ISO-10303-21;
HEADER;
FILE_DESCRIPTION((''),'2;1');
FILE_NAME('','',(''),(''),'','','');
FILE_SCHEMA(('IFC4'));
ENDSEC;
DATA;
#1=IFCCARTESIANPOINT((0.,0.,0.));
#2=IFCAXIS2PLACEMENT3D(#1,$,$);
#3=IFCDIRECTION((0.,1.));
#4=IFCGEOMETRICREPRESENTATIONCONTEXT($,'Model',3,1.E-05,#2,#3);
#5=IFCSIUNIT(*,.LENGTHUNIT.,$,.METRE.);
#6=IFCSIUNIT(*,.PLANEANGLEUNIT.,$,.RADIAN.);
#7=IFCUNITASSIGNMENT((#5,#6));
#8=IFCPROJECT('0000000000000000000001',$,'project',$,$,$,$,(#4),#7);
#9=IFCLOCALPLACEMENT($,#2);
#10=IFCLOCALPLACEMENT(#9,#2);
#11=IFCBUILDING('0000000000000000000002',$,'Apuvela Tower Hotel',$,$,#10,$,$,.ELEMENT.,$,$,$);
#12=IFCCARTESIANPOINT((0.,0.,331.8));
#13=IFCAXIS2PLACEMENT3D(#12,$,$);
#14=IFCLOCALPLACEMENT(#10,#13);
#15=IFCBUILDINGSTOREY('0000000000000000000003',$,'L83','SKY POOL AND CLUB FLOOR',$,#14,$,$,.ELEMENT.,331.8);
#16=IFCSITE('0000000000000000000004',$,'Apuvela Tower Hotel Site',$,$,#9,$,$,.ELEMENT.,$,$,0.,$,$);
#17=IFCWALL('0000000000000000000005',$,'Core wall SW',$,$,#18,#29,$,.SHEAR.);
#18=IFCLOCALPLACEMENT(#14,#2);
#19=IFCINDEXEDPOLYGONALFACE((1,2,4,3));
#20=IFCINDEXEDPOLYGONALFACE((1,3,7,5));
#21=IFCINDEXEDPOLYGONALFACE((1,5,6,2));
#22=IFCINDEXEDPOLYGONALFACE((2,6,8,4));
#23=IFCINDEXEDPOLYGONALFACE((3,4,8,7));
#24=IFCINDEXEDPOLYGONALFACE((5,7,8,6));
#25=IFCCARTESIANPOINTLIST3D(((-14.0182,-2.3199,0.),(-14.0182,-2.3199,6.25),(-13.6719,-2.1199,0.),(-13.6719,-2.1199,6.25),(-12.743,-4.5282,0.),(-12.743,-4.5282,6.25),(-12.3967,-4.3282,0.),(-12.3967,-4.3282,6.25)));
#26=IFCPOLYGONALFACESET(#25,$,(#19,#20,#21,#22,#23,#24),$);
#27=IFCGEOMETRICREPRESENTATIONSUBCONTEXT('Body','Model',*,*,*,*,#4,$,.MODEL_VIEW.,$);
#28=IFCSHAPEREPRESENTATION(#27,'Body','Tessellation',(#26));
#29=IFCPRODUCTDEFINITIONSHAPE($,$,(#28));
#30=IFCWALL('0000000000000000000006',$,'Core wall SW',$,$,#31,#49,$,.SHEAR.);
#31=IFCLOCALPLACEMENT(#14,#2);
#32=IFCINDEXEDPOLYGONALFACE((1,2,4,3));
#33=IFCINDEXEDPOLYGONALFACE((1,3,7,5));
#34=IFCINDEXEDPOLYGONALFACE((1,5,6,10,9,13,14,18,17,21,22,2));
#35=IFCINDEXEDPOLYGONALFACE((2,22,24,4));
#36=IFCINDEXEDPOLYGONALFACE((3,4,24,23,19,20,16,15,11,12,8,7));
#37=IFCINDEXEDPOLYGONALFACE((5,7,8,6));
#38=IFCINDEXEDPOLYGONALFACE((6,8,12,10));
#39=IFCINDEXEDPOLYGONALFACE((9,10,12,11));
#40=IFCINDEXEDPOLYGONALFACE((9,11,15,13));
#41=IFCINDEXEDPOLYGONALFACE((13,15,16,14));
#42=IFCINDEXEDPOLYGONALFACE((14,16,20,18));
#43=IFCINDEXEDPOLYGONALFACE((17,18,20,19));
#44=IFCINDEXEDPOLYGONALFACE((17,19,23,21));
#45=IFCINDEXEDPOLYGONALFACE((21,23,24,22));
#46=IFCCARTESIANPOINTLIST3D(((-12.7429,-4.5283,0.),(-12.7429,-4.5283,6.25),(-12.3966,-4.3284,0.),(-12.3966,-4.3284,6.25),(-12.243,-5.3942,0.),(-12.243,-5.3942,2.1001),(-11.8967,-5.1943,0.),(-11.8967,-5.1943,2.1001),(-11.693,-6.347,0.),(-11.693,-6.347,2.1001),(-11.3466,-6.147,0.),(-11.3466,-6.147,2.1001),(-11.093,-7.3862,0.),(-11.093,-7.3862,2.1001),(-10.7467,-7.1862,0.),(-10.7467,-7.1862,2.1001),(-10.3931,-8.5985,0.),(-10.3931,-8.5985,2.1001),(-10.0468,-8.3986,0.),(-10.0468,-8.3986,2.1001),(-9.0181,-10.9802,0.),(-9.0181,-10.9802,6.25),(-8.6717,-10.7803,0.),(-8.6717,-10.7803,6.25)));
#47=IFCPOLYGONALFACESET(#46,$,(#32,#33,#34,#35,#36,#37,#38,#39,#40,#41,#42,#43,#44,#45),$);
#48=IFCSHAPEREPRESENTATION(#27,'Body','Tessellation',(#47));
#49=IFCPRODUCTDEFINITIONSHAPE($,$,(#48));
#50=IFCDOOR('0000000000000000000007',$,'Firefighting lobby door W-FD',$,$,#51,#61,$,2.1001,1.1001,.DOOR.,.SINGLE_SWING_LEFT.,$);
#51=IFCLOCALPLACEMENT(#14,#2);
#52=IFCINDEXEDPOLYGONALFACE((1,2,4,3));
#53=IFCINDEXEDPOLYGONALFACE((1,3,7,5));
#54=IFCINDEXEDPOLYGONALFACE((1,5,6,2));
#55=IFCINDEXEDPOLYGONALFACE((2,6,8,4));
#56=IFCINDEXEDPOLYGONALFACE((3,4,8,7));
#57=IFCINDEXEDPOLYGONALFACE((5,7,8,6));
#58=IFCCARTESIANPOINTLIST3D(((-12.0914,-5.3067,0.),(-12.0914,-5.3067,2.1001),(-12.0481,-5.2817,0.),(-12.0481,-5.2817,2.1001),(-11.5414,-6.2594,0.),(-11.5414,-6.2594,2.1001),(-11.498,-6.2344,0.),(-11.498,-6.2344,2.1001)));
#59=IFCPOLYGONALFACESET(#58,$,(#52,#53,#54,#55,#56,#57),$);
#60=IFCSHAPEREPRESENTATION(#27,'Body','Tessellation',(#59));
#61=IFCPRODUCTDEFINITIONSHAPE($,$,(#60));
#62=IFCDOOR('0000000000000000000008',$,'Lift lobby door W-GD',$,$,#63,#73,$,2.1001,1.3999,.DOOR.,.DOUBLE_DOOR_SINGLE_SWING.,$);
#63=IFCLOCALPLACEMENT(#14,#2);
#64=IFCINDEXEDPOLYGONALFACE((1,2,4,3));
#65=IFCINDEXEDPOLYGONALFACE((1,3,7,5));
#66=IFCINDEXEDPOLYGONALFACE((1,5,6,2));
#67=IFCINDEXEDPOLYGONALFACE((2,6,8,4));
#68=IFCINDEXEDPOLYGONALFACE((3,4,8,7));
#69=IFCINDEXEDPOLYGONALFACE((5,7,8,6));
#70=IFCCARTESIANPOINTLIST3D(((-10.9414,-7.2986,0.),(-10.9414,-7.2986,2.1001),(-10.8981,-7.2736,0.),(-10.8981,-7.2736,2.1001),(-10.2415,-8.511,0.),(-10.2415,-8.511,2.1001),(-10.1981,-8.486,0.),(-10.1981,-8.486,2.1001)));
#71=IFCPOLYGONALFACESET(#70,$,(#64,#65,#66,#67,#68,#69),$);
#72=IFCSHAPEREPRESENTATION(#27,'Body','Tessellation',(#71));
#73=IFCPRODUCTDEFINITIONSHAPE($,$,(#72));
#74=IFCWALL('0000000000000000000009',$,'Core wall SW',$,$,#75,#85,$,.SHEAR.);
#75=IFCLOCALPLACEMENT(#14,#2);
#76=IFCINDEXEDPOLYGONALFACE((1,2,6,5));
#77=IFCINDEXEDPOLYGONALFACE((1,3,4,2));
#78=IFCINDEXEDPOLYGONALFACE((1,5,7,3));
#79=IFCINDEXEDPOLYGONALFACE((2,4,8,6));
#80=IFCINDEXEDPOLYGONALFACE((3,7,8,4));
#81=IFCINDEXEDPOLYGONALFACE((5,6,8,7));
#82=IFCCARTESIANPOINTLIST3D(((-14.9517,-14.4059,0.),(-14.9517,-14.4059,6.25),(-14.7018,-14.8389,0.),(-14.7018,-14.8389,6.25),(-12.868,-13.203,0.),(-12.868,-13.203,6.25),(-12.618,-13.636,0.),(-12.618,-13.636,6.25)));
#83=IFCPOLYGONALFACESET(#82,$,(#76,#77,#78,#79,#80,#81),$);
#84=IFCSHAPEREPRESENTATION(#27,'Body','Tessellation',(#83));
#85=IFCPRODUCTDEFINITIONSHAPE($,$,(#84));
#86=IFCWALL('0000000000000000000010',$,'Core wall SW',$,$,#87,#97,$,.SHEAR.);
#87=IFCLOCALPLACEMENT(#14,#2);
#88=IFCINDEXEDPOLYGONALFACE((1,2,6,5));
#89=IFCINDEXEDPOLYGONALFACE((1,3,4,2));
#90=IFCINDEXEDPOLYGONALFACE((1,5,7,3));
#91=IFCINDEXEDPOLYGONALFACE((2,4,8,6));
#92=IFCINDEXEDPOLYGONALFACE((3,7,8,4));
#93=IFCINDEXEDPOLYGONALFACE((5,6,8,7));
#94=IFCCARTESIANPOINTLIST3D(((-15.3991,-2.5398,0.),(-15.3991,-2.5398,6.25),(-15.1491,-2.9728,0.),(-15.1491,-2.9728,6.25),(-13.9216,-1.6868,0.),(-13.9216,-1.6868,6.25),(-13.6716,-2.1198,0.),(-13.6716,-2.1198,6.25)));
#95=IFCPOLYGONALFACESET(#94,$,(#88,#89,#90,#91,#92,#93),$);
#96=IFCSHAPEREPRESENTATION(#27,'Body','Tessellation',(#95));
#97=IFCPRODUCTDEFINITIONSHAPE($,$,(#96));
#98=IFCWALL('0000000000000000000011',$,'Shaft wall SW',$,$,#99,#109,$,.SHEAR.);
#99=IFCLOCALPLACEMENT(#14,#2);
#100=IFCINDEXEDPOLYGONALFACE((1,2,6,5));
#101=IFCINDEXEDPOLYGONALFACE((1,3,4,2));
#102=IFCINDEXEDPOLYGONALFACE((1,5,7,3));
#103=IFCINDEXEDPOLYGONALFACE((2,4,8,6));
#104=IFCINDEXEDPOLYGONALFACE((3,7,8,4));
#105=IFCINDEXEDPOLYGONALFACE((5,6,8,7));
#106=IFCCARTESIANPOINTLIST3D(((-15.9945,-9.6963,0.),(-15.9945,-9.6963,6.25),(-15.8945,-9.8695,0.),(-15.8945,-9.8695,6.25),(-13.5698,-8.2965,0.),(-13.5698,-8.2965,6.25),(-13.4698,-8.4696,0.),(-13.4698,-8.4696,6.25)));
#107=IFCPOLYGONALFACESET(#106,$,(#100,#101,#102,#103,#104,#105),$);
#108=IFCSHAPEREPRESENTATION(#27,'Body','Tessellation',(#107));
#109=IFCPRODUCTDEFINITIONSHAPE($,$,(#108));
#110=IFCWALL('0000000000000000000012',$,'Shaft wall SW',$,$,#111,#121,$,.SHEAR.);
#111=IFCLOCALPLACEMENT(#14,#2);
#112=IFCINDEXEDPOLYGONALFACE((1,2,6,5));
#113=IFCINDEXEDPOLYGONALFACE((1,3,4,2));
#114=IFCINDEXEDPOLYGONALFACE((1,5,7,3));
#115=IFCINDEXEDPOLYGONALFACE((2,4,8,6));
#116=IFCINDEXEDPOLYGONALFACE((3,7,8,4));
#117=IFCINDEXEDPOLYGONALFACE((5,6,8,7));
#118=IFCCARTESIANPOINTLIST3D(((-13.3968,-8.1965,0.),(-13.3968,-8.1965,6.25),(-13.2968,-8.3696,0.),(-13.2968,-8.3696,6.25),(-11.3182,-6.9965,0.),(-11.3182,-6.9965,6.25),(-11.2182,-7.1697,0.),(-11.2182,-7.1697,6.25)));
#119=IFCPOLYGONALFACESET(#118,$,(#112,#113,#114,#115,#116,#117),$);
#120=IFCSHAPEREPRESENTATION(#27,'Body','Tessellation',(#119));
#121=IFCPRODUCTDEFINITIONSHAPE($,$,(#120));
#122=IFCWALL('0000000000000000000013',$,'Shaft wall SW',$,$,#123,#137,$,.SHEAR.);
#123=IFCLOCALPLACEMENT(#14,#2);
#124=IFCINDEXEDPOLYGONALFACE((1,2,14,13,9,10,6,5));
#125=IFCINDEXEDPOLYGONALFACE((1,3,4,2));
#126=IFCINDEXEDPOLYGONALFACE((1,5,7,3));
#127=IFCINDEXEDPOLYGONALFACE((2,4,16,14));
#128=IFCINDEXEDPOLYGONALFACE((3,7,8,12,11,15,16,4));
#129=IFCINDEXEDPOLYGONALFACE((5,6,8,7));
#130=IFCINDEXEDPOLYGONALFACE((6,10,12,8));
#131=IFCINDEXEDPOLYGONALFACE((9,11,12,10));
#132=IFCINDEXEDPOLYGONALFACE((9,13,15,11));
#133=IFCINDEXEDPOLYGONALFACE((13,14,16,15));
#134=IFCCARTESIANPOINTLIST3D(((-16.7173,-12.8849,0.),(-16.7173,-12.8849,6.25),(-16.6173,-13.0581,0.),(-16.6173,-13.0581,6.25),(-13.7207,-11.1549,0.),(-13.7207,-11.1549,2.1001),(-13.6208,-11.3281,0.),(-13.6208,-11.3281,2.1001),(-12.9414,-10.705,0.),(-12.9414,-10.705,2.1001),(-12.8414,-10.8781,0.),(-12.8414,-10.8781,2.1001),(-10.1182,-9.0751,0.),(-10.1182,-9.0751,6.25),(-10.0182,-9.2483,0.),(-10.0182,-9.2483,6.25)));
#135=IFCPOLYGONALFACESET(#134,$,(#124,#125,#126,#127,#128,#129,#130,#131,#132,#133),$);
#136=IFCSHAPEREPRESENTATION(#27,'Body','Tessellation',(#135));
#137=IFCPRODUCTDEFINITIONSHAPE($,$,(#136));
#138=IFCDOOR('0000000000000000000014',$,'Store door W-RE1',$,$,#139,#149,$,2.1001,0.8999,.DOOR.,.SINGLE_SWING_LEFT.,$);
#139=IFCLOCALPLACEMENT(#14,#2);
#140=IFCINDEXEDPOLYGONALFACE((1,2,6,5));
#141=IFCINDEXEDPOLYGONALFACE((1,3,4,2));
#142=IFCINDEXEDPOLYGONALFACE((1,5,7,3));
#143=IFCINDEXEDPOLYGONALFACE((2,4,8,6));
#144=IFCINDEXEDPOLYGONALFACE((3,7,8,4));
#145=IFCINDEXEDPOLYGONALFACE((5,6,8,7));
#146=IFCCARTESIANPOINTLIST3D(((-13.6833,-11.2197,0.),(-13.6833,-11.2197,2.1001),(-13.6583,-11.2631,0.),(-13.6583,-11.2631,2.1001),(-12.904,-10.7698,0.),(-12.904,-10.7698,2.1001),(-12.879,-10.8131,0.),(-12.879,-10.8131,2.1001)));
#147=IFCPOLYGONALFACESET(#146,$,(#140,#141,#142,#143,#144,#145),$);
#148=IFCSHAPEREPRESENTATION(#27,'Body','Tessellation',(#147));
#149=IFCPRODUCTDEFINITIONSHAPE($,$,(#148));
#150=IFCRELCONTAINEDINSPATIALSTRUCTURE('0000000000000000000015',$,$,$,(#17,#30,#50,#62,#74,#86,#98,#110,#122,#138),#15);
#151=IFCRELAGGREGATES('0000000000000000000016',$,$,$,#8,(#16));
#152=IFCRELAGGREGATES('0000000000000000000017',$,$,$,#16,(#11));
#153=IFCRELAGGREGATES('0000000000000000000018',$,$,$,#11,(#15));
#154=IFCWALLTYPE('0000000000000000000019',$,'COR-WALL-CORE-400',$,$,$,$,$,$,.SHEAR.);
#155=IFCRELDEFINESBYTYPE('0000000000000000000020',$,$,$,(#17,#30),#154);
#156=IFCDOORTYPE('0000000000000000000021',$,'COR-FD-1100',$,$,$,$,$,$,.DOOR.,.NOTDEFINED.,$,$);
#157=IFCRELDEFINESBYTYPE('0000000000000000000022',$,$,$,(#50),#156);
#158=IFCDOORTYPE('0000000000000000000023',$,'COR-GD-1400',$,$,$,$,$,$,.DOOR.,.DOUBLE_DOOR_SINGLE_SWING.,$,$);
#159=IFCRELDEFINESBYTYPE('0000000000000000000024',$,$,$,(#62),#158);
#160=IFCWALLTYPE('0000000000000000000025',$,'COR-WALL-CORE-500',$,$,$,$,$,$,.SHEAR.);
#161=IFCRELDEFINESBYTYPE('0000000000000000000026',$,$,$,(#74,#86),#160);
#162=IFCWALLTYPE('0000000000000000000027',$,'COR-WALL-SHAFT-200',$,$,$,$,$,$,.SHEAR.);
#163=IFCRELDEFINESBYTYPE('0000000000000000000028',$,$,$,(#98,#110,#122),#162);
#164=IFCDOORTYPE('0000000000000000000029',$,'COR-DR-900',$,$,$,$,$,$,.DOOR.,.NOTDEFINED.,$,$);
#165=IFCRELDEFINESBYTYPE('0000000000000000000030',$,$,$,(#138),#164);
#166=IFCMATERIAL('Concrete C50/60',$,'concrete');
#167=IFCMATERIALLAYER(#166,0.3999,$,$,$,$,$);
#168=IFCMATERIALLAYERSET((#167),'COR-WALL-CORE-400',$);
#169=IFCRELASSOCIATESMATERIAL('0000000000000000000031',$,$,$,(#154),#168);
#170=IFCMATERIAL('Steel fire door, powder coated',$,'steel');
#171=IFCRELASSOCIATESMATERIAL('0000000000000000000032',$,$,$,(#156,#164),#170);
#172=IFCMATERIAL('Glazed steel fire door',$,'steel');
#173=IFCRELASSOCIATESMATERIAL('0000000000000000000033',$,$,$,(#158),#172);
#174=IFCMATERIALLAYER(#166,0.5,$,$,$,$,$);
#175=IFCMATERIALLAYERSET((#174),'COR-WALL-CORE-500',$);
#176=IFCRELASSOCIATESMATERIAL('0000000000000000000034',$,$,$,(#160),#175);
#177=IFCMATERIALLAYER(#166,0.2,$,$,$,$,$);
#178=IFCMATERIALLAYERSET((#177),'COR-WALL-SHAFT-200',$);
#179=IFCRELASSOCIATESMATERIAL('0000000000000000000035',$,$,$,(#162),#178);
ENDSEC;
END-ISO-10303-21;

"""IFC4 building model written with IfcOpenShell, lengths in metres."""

from ifc_helpers import new_model, si_unit, direction, frame, frame_2d, origin, place, context, subcontext, project, spatial, rectangle, extrude, material, layer, layer_set, type_object, element, fill, save


model = new_model("IFC4")

# Units and contexts
model_context = context("Model", 3, precision=1e-05, world=origin(), true_north=direction((0.0, 1.0)))
body_context = subcontext(model_context, "Body", "Model", "MODEL_VIEW")
ifc_project = project(units=[si_unit("LENGTHUNIT", "METRE"), si_unit("PLANEANGLEUNIT", "RADIAN")], contexts=[model_context])

# Site, building, storey
site_placement = place(None, origin())
site = spatial("IfcSite", under=ifc_project, at=site_placement, Name="Apuvela Tower Hotel Site", CompositionType="ELEMENT", RefElevation=0.0)
building_placement = place(site_placement, origin())
building = spatial("IfcBuilding", under=site, at=building_placement, Name="Apuvela Tower Hotel", CompositionType="ELEMENT")
storey_placement = place(building_placement, frame((0.0, 0.0, 331.8)))
storey = spatial("IfcBuildingStorey", under=building, at=storey_placement, Name="L83", Description="SKY POOL AND CLUB FLOOR", CompositionType="ELEMENT", Elevation=331.8)

# Wall
ifc_material_1 = material(Name="Concrete C50/60", Category="concrete")
ifc_layer_1 = layer(ifc_material_1, 0.3999)
ifc_layer_set_1 = layer_set([ifc_layer_1], Name="COR-WALL-CORE-400")
wall_type_1 = type_object("IfcWallType", Name="COR-WALL-CORE-400", PredefinedType="SHEAR", material=ifc_layer_set_1)
wall_1_placement = place(storey_placement, frame((-13.845, -2.22, 0.0), z_axis=(0.0, 0.0, 1.0), x_axis=(0.500062, -0.865989, 0.0)))
element("IfcWall", 1, at=wall_1_placement, inside=storey, type_object=wall_type_1, Name="Core wall SW", PredefinedType="SHEAR", context=body_context, shape_type="SweptSolid", body=[
    extrude(rectangle(XDim=2.55, YDim=0.3999, at=frame_2d((1.2749, 0.0))), origin(), (0.0, 0.0, 1.0), 6.25),
])

# Wall, openings, doors
wall_2_placement = place(storey_placement, frame((-12.5698, -4.4282, 0.0), z_axis=(0.0, 0.0, 1.0), x_axis=(0.499984, -0.866034, 0.0)))
wall_2 = element("IfcWall", 2, at=wall_2_placement, inside=storey, type_object=wall_type_1, Name="Core wall SW", PredefinedType="SHEAR", context=body_context, shape_type="SweptSolid", body=[
    extrude(rectangle(XDim=7.45, YDim=0.3999, at=frame_2d((3.7251, 0.0))), origin(), (0.0, 0.0, 1.0), 6.25),
])
opening_1_placement = place(wall_2_placement, frame((1.0, 0.0, 0.0)))
opening_1 = element("IfcOpeningElement", 3, at=opening_1_placement, cuts=wall_2, PredefinedType="OPENING", context=body_context, shape_type="SweptSolid", body=[
    extrude(rectangle(XDim=1.1001, YDim=2.1001, at=frame_2d((0.55, 1.05))), frame((0.0, 0.21, 0.0), z_axis=(0.0, -1.0, 0.0), x_axis=(1.0, 0.0, 0.0)), (0.0, 0.0, 1.0), 0.4199),
])
opening_2_placement = place(wall_2_placement, frame((3.3, 0.0, 0.0)))
opening_2 = element("IfcOpeningElement", 4, at=opening_2_placement, cuts=wall_2, PredefinedType="OPENING", context=body_context, shape_type="SweptSolid", body=[
    extrude(rectangle(XDim=1.3999, YDim=2.1001, at=frame_2d((0.7, 1.05))), frame((0.0, 0.21, 0.0), z_axis=(0.0, -1.0, 0.0), x_axis=(1.0, 0.0, 0.0)), (0.0, 0.0, 1.0), 0.4199),
])
ifc_material_2 = material(Name="Steel fire door, powder coated", Category="steel")
door_type_1 = type_object("IfcDoorType", Name="COR-FD-1100", OperationType="NOTDEFINED", PredefinedType="DOOR", material=ifc_material_2)
door_1_placement = place(opening_1_placement, frame((1.1001, 0.0, 0.0), z_axis=(0.0, 0.0, 1.0), x_axis=(-1.0, 0.0, 0.0)))
door_1 = element("IfcDoor", 5, at=door_1_placement, inside=storey, type_object=door_type_1, Name="Firefighting lobby door W-FD", OperationType="SINGLE_SWING_LEFT", OverallHeight=2.1001, OverallWidth=1.1001, PredefinedType="DOOR", context=body_context, shape_type="SweptSolid", body=[
    extrude(rectangle(XDim=1.1001, YDim=2.1001, at=frame_2d((0.55, 1.05))), frame((0.0, 0.0249, 0.0), z_axis=(0.0, -1.0, 0.0), x_axis=(1.0, 0.0, 0.0)), (0.0, 0.0, 1.0), 0.05),
])
fill(opening_1, door_1)
ifc_material_3 = material(Name="Glazed steel fire door", Category="steel")
door_type_2 = type_object("IfcDoorType", Name="COR-GD-1400", OperationType="DOUBLE_DOOR_SINGLE_SWING", PredefinedType="DOOR", material=ifc_material_3)
door_2_placement = place(opening_2_placement, frame((1.3999, 0.0, 0.0), z_axis=(0.0, 0.0, 1.0), x_axis=(-1.0, 0.0, 0.0)))
door_2 = element("IfcDoor", 6, at=door_2_placement, inside=storey, type_object=door_type_2, Name="Lift lobby door W-GD", OperationType="DOUBLE_DOOR_SINGLE_SWING", OverallHeight=2.1001, OverallWidth=1.3999, PredefinedType="DOOR", context=body_context, shape_type="SweptSolid", body=[
    extrude(rectangle(XDim=1.3999, YDim=2.1001, at=frame_2d((0.7, 1.05))), frame((0.0, 0.0249, 0.0), z_axis=(0.0, -1.0, 0.0), x_axis=(1.0, 0.0, 0.0)), (0.0, 0.0, 1.0), 0.05),
])
fill(opening_2, door_2)

# Walls
ifc_layer_2 = layer(ifc_material_1, 0.5)
ifc_layer_set_2 = layer_set([ifc_layer_2], Name="COR-WALL-CORE-500")
wall_type_2 = type_object("IfcWallType", Name="COR-WALL-CORE-500", PredefinedType="SHEAR", material=ifc_layer_set_2)
wall_3_placement = place(storey_placement, frame((-12.7429, -13.4194, 0.0), z_axis=(0.0, 0.0, 1.0), x_axis=(-0.866055, -0.499948, 0.0)))
element("IfcWall", 7, at=wall_3_placement, inside=storey, type_object=wall_type_2, Name="Core wall SW", PredefinedType="SHEAR", context=body_context, shape_type="SweptSolid", body=[
    extrude(rectangle(XDim=2.406, YDim=0.5, at=frame_2d((1.2031, 0.0))), origin(), (0.0, 0.0, 1.0), 6.25),
])
wall_4_placement = place(storey_placement, frame((-13.7966, -1.9033, 0.0), z_axis=(0.0, 0.0, 1.0), x_axis=(-0.866033, -0.499987, 0.0)))
element("IfcWall", 8, at=wall_4_placement, inside=storey, type_object=wall_type_2, Name="Core wall SW", PredefinedType="SHEAR", context=body_context, shape_type="SweptSolid", body=[
    extrude(rectangle(XDim=1.7061, YDim=0.5, at=frame_2d((0.853, 0.0))), origin(), (0.0, 0.0, 1.0), 6.25),
])
ifc_layer_3 = layer(ifc_material_1, 0.2)
ifc_layer_set_3 = layer_set([ifc_layer_3], Name="COR-WALL-SHAFT-200")
wall_type_3 = type_object("IfcWallType", Name="COR-WALL-SHAFT-200", PredefinedType="SHEAR", material=ifc_layer_set_3)
wall_5_placement = place(storey_placement, frame((-13.5198, -8.3831, 0.0), z_axis=(0.0, 0.0, 1.0), x_axis=(-0.866035, -0.499984, 0.0)))
element("IfcWall", 9, at=wall_5_placement, inside=storey, type_object=wall_type_3, Name="Shaft wall SW", PredefinedType="SHEAR", context=body_context, shape_type="SweptSolid", body=[
    extrude(rectangle(XDim=2.7998, YDim=0.2, at=frame_2d((1.3999, 0.0))), origin(), (0.0, 0.0, 1.0), 6.25),
])
wall_6_placement = place(storey_placement, frame((-11.2681, -7.083, 0.0), z_axis=(0.0, 0.0, 1.0), x_axis=(-0.86605, -0.499957, 0.0)))
element("IfcWall", 10, at=wall_6_placement, inside=storey, type_object=wall_type_3, Name="Shaft wall SW", PredefinedType="SHEAR", context=body_context, shape_type="SweptSolid", body=[
    extrude(rectangle(XDim=2.4001, YDim=0.2, at=frame_2d((1.2002, 0.0))), origin(), (0.0, 0.0, 1.0), 6.25),
])

# Wall, opening, door
wall_7_placement = place(storey_placement, frame((-10.0681, -9.1616, 0.0), z_axis=(0.0, 0.0, 1.0), x_axis=(-0.866036, -0.499981, 0.0)))
wall_7 = element("IfcWall", 11, at=wall_7_placement, inside=storey, type_object=wall_type_3, Name="Shaft wall SW", PredefinedType="SHEAR", context=body_context, shape_type="SweptSolid", body=[
    extrude(rectangle(XDim=7.6199, YDim=0.2, at=frame_2d((3.8101, 0.0))), origin(), (0.0, 0.0, 1.0), 6.25),
])
opening_3_placement = place(wall_7_placement, frame((3.26, 0.0, 0.0)))
opening_3 = element("IfcOpeningElement", 12, at=opening_3_placement, cuts=wall_7, PredefinedType="OPENING", context=body_context, shape_type="SweptSolid", body=[
    extrude(rectangle(XDim=0.8999, YDim=2.1001, at=frame_2d((0.45, 1.05))), frame((0.0, 0.1099, 0.0), z_axis=(0.0, -1.0, 0.0), x_axis=(1.0, 0.0, 0.0)), (0.0, 0.0, 1.0), 0.22),
])
door_type_3 = type_object("IfcDoorType", Name="COR-DR-900", OperationType="NOTDEFINED", PredefinedType="DOOR", material=ifc_material_2)
door_3_placement = place(opening_3_placement, origin())
door_3 = element("IfcDoor", 13, at=door_3_placement, inside=storey, type_object=door_type_3, Name="Store door W-RE1", OperationType="SINGLE_SWING_LEFT", OverallHeight=2.1001, OverallWidth=0.8999, PredefinedType="DOOR", context=body_context, shape_type="SweptSolid", body=[
    extrude(rectangle(XDim=0.8999, YDim=2.1001, at=frame_2d((0.45, 1.05))), frame((0.0, 0.0249, 0.0), z_axis=(0.0, -1.0, 0.0), x_axis=(1.0, 0.0, 0.0)), (0.0, 0.0, 1.0), 0.05),
])
fill(opening_3, door_3)

save(model, "model.ifc")
